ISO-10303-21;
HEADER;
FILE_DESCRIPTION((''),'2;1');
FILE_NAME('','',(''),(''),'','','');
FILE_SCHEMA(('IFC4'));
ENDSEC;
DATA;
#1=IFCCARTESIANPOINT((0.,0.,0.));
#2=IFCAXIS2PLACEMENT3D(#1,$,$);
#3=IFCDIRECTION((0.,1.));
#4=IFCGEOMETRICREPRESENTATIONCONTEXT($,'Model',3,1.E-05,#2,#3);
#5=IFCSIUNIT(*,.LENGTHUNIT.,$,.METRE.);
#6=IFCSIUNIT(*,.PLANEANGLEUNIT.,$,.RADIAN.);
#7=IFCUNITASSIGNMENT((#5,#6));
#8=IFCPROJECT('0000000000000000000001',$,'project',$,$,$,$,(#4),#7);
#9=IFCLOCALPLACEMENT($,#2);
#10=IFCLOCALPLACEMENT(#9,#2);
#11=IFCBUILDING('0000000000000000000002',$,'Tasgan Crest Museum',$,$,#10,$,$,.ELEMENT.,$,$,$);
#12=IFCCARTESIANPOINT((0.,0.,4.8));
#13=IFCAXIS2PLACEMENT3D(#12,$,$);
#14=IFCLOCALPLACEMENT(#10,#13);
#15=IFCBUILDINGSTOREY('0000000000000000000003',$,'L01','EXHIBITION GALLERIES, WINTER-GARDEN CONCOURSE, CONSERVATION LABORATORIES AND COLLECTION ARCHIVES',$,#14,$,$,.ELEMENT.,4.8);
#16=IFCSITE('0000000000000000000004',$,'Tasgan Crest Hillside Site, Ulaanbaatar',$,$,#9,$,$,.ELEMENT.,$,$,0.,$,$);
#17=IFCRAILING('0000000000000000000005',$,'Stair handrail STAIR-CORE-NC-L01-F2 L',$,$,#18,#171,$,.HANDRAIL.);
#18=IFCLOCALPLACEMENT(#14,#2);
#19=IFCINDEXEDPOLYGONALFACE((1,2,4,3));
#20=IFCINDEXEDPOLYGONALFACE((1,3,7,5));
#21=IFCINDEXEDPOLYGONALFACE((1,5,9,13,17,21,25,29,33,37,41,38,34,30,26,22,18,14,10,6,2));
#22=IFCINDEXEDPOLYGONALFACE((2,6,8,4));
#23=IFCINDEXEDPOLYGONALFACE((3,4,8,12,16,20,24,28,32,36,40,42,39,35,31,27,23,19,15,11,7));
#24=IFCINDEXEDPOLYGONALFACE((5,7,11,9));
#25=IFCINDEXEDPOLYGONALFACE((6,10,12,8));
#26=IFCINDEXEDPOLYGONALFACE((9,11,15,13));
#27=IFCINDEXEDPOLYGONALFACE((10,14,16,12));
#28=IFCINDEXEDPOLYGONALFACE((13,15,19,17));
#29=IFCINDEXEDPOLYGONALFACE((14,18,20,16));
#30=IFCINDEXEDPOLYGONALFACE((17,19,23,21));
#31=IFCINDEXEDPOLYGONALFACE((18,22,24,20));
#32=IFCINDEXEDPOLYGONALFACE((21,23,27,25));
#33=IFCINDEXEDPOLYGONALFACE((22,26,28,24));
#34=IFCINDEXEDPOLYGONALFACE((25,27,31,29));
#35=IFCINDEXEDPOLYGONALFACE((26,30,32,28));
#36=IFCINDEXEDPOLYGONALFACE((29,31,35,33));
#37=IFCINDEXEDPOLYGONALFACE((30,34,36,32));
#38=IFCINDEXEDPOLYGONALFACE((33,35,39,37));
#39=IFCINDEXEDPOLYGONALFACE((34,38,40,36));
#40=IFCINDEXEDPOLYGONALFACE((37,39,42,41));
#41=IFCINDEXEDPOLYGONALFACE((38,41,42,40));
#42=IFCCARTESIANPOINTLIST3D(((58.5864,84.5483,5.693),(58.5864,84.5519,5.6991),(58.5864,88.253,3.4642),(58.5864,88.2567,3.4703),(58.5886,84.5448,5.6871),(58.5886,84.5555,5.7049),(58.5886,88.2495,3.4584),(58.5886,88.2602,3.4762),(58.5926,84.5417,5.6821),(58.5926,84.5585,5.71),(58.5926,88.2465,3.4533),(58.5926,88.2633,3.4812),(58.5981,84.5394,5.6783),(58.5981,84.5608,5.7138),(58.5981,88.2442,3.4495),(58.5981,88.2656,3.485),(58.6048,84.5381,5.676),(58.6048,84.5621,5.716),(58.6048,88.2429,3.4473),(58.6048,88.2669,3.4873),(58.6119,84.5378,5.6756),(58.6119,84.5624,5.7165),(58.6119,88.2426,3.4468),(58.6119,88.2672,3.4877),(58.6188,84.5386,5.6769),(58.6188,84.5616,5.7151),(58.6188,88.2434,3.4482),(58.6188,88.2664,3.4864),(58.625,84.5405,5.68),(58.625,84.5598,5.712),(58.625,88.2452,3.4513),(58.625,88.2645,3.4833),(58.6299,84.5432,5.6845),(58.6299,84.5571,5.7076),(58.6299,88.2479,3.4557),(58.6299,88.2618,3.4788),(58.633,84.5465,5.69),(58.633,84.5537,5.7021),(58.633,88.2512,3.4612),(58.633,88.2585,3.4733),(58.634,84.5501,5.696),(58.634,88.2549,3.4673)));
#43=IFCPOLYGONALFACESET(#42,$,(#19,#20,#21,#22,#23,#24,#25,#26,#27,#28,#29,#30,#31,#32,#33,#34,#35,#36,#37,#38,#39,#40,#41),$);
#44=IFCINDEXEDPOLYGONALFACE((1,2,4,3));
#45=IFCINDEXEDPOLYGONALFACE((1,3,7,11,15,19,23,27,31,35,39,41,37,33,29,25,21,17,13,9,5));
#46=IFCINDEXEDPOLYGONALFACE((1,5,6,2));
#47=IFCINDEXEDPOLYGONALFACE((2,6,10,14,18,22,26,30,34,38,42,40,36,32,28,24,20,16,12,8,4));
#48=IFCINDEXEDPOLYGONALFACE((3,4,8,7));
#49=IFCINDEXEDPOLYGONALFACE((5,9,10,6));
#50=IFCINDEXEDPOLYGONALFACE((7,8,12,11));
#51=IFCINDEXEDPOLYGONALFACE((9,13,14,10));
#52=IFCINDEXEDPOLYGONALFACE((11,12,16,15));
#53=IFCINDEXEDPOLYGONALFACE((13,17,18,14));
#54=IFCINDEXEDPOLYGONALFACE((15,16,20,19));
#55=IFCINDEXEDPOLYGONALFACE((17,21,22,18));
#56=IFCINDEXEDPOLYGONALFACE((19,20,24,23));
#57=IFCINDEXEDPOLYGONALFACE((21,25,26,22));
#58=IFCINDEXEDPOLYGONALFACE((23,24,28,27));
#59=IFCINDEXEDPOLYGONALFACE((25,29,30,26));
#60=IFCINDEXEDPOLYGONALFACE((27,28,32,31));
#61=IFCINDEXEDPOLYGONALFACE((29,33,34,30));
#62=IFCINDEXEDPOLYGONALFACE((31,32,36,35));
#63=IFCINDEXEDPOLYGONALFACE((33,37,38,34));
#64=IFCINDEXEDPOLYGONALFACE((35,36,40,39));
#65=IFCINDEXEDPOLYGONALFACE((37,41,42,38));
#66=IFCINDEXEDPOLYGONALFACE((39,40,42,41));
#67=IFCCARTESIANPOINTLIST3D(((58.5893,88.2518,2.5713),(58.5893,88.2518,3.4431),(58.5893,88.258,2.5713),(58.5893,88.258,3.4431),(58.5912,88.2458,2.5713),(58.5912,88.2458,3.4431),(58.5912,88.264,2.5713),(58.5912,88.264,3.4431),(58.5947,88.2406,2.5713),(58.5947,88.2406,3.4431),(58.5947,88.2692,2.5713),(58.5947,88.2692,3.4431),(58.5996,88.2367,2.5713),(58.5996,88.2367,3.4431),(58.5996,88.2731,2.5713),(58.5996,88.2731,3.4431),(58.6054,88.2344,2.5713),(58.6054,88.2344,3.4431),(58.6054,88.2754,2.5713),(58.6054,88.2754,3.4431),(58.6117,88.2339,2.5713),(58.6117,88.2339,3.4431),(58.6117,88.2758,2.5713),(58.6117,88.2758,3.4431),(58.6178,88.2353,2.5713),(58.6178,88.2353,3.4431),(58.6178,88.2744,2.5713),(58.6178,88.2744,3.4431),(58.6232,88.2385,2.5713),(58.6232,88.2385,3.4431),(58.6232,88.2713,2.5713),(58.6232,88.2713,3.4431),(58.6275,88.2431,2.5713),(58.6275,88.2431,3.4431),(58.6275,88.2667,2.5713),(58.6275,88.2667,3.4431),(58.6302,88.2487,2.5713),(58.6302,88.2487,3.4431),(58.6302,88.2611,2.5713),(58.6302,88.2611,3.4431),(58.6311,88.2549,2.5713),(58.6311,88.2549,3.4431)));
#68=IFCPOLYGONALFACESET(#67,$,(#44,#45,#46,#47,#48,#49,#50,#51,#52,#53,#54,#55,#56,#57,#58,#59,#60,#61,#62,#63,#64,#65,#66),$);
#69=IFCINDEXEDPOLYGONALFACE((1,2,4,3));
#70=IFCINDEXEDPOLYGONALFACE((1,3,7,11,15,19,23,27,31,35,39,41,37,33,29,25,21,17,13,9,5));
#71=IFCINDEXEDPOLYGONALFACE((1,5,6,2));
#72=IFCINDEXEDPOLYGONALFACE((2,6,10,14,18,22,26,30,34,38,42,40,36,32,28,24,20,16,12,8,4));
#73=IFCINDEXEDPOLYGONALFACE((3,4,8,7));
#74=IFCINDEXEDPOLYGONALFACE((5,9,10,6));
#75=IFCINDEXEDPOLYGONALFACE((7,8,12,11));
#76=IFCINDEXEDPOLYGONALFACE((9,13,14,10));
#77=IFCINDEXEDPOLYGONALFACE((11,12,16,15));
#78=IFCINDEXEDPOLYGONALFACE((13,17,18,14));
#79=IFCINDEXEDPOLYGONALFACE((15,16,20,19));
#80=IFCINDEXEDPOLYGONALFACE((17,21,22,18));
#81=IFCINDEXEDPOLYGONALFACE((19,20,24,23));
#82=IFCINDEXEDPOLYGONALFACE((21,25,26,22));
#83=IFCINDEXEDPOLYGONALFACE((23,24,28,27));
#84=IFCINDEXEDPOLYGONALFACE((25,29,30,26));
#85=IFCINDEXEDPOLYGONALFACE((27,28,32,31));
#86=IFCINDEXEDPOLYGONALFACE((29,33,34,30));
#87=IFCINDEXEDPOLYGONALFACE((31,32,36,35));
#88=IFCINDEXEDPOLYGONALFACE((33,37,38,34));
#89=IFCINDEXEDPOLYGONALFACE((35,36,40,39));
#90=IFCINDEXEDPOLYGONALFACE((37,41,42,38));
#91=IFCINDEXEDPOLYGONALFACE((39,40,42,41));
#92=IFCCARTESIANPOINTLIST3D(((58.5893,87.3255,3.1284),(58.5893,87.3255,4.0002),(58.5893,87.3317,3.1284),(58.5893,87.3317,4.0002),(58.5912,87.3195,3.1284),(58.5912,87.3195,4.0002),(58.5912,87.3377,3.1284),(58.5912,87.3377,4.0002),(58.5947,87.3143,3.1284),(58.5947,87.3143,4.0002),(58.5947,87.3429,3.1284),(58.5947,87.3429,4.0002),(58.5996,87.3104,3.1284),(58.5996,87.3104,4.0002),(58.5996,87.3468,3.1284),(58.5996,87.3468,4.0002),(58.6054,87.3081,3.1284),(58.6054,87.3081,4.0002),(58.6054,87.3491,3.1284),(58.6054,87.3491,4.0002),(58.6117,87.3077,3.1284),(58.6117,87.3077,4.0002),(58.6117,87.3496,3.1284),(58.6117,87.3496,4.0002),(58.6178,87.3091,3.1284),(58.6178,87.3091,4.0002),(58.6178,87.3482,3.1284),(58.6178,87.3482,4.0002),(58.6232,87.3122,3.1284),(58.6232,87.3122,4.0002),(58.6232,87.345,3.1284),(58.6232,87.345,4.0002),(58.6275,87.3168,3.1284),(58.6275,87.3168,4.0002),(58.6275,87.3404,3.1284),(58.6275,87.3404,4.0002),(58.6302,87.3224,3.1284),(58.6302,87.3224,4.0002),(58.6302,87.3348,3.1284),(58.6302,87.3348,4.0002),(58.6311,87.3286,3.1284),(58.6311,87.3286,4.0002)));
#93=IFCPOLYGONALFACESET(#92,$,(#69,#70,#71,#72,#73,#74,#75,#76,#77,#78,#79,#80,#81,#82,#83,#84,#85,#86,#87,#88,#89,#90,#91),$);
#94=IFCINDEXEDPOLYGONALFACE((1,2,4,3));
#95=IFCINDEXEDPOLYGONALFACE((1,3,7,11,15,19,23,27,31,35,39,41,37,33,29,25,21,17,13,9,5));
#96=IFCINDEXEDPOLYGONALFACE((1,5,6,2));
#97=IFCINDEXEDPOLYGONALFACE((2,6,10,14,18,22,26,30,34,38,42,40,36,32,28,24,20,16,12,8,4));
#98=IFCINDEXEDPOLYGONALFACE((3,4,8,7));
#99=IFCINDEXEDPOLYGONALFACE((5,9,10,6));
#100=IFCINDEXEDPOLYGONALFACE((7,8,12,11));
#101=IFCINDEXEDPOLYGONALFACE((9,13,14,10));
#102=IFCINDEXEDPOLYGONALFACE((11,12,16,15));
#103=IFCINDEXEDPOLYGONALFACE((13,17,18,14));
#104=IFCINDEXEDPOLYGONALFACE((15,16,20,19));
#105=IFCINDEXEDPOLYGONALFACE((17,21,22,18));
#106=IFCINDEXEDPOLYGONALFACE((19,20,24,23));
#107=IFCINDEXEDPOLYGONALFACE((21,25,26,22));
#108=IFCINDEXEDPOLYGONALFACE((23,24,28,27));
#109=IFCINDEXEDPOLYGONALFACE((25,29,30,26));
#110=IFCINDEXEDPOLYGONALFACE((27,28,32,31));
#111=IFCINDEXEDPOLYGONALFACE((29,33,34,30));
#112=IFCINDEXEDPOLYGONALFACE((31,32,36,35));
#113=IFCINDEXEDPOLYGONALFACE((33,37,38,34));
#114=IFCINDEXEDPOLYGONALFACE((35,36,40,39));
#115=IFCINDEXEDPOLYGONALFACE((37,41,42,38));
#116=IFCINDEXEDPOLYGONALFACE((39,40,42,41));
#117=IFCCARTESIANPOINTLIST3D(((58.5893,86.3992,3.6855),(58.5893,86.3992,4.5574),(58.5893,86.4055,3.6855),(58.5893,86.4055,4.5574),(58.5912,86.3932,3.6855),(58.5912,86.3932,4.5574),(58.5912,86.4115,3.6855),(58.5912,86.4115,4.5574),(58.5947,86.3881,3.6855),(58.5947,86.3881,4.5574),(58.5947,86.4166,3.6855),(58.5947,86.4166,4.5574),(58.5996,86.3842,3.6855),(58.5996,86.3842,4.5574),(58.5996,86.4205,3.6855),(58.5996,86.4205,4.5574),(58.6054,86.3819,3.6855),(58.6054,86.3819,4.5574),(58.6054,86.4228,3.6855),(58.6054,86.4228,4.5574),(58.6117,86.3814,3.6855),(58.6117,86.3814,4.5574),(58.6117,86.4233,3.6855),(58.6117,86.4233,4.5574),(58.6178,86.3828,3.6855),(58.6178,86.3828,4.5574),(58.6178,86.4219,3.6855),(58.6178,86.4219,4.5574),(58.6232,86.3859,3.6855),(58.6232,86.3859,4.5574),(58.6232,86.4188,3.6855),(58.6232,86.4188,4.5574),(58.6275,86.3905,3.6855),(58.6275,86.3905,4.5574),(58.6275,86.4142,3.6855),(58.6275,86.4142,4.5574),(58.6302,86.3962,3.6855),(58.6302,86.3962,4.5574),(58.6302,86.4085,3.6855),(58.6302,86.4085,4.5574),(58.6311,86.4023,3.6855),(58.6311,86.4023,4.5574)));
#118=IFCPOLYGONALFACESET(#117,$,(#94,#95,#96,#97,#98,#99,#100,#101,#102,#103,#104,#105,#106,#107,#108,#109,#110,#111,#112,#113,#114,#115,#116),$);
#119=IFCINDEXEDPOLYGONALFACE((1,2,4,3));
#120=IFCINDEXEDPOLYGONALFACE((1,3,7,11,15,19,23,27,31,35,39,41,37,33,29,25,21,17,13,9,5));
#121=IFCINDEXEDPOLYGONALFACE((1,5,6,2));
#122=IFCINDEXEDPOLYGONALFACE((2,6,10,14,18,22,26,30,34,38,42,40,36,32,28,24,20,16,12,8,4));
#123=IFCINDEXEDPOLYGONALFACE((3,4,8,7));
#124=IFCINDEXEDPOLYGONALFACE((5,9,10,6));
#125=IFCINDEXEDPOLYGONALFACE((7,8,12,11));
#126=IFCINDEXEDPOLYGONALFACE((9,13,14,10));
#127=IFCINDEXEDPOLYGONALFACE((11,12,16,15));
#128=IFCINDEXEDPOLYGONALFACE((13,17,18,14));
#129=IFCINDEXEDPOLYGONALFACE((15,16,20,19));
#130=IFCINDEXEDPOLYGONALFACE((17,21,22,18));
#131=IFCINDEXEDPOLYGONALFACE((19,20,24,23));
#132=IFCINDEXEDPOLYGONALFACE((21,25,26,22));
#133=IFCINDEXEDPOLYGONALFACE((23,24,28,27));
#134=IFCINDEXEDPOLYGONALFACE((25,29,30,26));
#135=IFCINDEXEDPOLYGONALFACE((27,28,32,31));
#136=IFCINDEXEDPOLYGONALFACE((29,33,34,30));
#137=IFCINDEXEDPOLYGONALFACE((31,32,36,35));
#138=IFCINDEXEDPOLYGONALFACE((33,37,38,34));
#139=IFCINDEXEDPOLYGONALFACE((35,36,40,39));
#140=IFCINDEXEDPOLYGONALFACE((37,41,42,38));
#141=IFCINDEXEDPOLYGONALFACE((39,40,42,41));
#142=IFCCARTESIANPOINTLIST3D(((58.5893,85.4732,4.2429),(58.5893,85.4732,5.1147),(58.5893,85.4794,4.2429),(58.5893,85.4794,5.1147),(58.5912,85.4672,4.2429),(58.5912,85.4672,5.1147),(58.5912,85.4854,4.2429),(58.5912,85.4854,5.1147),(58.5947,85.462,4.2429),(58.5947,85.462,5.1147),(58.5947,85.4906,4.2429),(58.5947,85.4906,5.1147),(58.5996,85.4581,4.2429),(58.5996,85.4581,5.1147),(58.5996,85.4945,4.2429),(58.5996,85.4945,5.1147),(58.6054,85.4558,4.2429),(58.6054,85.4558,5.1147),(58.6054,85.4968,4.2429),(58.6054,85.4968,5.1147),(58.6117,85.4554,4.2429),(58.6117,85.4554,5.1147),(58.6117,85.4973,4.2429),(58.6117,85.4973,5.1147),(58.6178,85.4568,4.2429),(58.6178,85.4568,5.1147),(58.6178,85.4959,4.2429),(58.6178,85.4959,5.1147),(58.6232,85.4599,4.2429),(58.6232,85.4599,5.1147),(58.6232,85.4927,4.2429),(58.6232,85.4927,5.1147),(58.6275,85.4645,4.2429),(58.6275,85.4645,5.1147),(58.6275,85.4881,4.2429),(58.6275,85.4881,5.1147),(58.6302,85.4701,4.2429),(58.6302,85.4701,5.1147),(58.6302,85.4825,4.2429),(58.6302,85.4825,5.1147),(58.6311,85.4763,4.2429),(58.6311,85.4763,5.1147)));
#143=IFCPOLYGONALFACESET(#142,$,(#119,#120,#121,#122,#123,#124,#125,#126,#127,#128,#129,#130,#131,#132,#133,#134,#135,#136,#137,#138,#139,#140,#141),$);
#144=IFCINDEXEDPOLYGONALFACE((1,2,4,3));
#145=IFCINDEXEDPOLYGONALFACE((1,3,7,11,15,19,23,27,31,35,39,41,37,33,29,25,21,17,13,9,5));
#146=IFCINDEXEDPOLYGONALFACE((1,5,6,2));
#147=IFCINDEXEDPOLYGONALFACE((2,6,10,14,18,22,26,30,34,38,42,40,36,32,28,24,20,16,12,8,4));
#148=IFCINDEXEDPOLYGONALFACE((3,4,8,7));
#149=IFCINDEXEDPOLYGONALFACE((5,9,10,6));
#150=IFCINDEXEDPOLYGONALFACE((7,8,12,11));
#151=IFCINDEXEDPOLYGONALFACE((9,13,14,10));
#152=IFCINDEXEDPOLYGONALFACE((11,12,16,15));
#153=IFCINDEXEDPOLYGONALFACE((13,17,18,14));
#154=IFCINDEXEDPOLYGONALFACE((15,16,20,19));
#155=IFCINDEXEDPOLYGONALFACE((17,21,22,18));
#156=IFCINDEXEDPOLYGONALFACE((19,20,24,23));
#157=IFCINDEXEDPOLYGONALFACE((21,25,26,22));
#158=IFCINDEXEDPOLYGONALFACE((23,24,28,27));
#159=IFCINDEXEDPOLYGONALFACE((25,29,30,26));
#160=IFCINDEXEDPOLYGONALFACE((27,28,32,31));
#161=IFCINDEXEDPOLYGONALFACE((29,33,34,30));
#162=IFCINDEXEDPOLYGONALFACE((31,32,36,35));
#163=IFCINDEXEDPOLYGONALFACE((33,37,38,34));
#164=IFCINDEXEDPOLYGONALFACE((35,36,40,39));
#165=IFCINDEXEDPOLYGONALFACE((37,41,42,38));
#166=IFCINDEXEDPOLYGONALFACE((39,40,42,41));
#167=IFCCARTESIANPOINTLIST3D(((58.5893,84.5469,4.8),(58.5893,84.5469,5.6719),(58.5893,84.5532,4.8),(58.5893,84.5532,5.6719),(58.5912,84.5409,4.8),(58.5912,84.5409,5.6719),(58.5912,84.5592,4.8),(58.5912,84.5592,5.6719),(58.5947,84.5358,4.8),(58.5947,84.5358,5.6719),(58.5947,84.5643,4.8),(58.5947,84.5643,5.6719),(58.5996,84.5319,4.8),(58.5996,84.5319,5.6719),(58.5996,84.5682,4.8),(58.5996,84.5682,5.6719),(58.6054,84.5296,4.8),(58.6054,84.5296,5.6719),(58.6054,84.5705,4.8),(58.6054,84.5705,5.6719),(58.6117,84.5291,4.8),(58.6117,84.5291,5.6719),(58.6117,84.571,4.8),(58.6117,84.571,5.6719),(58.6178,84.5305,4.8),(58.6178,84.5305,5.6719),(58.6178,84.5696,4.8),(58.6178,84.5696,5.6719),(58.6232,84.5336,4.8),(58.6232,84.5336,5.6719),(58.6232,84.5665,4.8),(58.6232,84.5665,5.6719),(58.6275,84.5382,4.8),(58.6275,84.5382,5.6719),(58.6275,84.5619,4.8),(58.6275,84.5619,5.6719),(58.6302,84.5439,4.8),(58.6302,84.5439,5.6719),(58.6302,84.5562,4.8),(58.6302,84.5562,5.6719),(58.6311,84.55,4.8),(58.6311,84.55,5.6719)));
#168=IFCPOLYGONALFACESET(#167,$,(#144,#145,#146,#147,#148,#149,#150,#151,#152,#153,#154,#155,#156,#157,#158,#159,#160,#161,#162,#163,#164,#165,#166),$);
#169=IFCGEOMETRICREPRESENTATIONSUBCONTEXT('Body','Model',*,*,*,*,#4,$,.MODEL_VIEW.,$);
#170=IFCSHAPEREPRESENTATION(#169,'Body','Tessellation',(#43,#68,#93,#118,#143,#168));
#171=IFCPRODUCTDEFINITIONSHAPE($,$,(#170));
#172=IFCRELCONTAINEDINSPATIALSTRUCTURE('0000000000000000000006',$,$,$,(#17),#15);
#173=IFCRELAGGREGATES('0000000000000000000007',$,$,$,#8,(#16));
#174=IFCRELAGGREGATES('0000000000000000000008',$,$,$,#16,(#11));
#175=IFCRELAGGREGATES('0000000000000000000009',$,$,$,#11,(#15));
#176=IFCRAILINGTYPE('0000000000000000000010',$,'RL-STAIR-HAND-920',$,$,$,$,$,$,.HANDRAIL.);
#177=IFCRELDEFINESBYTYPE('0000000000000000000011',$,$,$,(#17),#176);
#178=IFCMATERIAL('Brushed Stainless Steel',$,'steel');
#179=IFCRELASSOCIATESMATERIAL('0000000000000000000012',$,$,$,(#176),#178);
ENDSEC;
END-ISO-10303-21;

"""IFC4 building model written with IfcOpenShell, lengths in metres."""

from ifc_helpers import new_model, si_unit, direction, frame, origin, origin_2d, place, context, subcontext, project, spatial, circle, extrude, material, type_object, element, save


model = new_model("IFC4")

# Units and contexts
model_context = context("Model", 3, precision=1e-05, world=origin(), true_north=direction((0.0, 1.0)))
body_context = subcontext(model_context, "Body", "Model", "MODEL_VIEW")
ifc_project = project(units=[si_unit("LENGTHUNIT", "METRE"), si_unit("PLANEANGLEUNIT", "RADIAN")], contexts=[model_context])

# Site, building, storey
site_placement = place(None, origin())
site = spatial("IfcSite", under=ifc_project, at=site_placement, Name="Tasgan Crest Hillside Site, Ulaanbaatar", CompositionType="ELEMENT", RefElevation=0.0)
building_placement = place(site_placement, origin())
building = spatial("IfcBuilding", under=site, at=building_placement, Name="Tasgan Crest Museum", CompositionType="ELEMENT")
storey_placement = place(building_placement, frame((0.0, 0.0, 4.8)))
storey = spatial("IfcBuildingStorey", under=building, at=storey_placement, Name="L01", Description="EXHIBITION GALLERIES, WINTER-GARDEN CONCOURSE, CONSERVATION LABORATORIES AND COLLECTION ARCHIVES", CompositionType="ELEMENT", Elevation=4.8)

# Railing
ifc_material_1 = material(Name="Brushed Stainless Steel", Category="steel")
railing_type_1 = type_object("IfcRailingType", Name="RL-STAIR-HAND-920", PredefinedType="HANDRAIL", material=ifc_material_1)
for number, where, name in (
    (1, (58.6101, 88.2549, 2.5713), "Stair handrail STAIR-CORE-NC-L01-F2 L"),
):
    element("IfcRailing", number, at=place(storey_placement, frame(where)), inside=storey, type_object=railing_type_1, Name=name, PredefinedType="HANDRAIL", context=body_context, shape_type="SweptSolid", body=[
        extrude(circle(Radius=0.0239, at=origin_2d()), frame((0.0, 0.0, 0.896), z_axis=(0.0, -0.856894, 0.515492), x_axis=(1.0, 0.0, 0.0)), (0.0, 0.0, 1.0), 4.3235),
        extrude(circle(Radius=0.021, at=origin_2d()), origin(), (0.0, 0.0, 1.0), 0.8718),
        extrude(circle(Radius=0.021, at=origin_2d()), frame((0.0, -0.9263, 0.5571)), (0.0, 0.0, 1.0), 0.8718),
        extrude(circle(Radius=0.021, at=origin_2d()), frame((0.0, -1.8525, 1.1143)), (0.0, 0.0, 1.0), 0.8718),
        extrude(circle(Radius=0.021, at=origin_2d()), frame((0.0, -2.7786, 1.6716)), (0.0, 0.0, 1.0), 0.8718),
        extrude(circle(Radius=0.021, at=origin_2d()), frame((0.0, -3.7048, 2.2288)), (0.0, 0.0, 1.0), 0.8718),
    ])

save(model, "model.ifc")
